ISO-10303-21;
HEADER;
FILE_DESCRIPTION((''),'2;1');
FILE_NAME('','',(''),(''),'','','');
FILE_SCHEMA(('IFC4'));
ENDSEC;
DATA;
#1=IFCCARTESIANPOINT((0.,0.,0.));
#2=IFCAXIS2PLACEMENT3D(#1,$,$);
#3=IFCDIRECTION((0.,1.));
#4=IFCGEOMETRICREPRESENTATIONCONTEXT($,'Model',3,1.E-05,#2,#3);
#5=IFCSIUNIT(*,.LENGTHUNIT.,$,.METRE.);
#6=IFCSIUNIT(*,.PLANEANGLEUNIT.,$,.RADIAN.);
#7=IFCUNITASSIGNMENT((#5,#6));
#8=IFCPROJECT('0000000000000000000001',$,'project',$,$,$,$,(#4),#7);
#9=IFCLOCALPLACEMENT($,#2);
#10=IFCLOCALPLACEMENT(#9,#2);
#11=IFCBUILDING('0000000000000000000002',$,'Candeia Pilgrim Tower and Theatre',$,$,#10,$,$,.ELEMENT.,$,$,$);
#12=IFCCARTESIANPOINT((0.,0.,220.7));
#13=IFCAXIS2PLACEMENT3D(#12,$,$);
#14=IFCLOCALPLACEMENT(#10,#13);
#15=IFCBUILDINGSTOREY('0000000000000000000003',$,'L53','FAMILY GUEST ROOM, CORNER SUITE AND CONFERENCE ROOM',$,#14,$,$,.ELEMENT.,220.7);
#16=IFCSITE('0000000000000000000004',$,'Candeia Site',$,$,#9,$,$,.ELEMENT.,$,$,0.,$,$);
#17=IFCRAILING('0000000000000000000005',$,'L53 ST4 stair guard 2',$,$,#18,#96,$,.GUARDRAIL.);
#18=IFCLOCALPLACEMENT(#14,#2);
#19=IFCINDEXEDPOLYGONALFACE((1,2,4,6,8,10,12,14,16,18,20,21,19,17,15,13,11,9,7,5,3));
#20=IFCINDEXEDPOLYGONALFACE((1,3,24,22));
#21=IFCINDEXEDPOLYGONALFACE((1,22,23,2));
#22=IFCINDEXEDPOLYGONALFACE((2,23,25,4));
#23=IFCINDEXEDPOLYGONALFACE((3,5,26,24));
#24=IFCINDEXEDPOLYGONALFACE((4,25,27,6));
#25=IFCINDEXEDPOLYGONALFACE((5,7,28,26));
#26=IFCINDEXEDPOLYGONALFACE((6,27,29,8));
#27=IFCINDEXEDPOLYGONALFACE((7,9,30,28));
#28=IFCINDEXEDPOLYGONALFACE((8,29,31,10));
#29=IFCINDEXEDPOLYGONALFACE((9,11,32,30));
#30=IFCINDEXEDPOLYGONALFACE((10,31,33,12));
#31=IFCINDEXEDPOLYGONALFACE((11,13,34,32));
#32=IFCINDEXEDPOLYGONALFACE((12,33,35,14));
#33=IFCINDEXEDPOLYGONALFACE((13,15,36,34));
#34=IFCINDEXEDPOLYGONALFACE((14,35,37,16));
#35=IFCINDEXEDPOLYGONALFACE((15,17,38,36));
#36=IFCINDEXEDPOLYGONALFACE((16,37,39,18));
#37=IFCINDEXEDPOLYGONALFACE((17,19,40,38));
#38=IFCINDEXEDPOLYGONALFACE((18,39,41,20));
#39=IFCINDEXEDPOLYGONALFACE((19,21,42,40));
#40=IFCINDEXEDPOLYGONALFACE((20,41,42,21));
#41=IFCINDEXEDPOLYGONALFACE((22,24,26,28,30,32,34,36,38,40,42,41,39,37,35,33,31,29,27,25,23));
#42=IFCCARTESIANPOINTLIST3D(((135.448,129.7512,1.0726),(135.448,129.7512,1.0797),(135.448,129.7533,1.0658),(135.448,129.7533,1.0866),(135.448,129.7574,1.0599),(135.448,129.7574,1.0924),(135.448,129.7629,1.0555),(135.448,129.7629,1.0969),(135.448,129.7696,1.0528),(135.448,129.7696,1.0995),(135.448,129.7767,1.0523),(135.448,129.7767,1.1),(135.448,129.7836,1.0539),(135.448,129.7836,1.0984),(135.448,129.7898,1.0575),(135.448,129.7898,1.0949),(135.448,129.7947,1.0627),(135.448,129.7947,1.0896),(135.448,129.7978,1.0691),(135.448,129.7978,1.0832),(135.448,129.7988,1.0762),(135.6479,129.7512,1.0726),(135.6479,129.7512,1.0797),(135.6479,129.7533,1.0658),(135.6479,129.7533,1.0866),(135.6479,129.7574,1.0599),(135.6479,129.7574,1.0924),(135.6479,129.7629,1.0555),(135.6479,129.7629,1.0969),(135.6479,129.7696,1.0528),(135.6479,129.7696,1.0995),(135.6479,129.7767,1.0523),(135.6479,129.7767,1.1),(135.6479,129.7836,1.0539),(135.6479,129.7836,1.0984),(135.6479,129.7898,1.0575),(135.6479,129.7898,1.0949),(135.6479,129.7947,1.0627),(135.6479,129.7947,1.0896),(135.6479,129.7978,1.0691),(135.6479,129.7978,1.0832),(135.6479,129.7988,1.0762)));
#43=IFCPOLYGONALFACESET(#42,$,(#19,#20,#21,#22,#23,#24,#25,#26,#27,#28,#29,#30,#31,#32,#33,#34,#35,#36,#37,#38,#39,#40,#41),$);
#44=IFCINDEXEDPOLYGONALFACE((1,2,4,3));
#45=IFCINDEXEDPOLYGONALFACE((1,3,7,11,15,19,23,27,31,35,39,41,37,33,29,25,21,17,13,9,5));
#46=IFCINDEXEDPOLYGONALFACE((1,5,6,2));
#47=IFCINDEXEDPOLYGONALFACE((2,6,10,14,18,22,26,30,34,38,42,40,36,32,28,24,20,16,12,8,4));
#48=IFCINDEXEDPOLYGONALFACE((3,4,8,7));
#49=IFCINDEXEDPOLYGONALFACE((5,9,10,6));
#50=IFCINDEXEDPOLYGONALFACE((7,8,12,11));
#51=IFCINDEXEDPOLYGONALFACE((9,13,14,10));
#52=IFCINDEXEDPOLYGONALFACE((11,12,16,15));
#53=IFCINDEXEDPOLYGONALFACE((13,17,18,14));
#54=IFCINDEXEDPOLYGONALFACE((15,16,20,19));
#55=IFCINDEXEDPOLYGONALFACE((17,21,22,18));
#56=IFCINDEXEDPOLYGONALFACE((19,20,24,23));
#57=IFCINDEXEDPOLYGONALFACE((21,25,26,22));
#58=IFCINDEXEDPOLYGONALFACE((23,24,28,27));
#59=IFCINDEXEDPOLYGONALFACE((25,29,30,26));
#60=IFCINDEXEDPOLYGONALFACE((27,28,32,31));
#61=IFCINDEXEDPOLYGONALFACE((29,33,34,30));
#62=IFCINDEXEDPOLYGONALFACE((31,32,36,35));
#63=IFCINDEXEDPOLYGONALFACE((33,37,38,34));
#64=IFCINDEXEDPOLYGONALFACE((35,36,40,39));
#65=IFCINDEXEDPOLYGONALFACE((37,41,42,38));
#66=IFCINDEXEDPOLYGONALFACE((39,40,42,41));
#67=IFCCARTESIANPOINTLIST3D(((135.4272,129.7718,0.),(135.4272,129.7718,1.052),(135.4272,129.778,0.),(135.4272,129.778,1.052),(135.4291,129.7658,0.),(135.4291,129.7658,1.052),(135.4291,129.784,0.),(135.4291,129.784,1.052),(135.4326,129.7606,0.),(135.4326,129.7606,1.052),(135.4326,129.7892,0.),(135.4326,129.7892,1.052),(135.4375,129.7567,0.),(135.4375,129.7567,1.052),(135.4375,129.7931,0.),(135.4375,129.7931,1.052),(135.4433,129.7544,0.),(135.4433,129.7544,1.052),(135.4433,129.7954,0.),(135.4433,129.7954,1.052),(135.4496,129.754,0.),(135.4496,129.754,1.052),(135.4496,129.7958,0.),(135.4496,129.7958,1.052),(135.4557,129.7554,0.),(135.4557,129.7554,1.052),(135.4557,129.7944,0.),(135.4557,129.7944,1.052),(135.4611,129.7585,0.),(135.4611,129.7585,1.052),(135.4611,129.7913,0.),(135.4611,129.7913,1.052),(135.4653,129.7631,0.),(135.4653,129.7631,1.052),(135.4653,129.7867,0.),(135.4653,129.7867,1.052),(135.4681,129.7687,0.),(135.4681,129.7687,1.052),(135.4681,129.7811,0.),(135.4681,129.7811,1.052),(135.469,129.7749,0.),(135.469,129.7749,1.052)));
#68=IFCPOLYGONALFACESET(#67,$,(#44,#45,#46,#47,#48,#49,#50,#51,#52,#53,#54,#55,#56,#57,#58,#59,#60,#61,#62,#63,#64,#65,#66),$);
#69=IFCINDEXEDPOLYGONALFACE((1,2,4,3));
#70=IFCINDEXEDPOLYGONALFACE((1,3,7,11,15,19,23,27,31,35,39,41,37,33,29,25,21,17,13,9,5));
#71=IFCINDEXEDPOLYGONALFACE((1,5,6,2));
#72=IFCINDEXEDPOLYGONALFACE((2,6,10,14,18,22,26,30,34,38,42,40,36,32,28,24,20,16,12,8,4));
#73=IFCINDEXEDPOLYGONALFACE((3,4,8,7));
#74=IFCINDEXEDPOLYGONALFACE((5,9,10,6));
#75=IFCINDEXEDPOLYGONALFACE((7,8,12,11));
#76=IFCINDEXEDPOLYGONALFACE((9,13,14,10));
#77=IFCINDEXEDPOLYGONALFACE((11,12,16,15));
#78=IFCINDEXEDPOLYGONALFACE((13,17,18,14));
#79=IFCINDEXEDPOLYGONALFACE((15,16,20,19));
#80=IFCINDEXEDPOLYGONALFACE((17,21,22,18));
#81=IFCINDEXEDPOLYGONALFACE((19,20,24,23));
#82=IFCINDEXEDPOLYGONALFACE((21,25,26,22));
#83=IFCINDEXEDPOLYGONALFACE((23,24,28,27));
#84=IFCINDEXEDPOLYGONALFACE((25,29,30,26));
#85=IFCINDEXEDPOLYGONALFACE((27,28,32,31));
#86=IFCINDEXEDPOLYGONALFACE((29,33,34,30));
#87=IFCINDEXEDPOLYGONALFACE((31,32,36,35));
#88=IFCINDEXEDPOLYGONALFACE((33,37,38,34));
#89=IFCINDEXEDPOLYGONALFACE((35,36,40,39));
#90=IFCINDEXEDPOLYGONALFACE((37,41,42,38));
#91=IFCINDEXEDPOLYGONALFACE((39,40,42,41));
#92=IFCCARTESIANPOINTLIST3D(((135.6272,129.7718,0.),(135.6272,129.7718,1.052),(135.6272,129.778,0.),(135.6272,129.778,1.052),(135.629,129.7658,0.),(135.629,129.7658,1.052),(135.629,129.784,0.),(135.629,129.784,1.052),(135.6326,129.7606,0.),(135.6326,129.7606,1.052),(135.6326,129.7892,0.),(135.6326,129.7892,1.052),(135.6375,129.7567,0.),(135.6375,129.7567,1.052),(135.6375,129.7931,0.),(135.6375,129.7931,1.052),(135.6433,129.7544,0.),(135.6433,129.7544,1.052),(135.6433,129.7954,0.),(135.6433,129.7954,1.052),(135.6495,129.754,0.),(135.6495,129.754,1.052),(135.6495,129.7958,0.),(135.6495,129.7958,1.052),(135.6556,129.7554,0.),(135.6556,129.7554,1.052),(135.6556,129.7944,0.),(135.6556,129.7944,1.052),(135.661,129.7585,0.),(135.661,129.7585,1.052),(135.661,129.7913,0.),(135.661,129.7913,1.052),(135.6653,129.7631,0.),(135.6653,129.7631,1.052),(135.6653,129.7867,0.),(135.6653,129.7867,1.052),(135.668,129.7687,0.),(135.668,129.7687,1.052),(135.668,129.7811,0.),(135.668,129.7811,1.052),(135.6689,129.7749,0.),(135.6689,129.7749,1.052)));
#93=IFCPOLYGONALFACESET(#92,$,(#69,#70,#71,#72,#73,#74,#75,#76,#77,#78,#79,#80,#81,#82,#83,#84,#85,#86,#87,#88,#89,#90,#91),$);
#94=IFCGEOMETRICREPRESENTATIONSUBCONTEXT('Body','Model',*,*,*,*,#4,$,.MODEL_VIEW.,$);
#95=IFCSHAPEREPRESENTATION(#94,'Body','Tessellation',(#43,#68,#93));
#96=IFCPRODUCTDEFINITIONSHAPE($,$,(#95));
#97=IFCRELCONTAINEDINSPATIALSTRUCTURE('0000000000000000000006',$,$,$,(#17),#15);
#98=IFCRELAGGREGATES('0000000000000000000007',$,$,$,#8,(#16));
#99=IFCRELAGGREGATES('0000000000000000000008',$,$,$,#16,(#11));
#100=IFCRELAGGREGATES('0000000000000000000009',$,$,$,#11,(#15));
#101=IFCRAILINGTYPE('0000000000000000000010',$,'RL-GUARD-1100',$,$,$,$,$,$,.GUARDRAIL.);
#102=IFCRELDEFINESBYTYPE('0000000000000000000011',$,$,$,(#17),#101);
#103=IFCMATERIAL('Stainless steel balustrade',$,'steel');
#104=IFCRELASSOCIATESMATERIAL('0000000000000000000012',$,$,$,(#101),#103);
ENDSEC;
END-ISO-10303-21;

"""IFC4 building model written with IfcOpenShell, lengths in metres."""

from ifc_helpers import new_model, si_unit, direction, frame, origin, origin_2d, place, context, subcontext, project, spatial, circle, extrude, material, type_object, element, save


model = new_model("IFC4")

# Units and contexts
model_context = context("Model", 3, precision=1e-05, world=origin(), true_north=direction((0.0, 1.0)))
body_context = subcontext(model_context, "Body", "Model", "MODEL_VIEW")
ifc_project = project(units=[si_unit("LENGTHUNIT", "METRE"), si_unit("PLANEANGLEUNIT", "RADIAN")], contexts=[model_context])

# Site, building, storey
site_placement = place(None, origin())
site = spatial("IfcSite", under=ifc_project, at=site_placement, Name="Candeia Site", CompositionType="ELEMENT", RefElevation=0.0)
building_placement = place(site_placement, origin())
building = spatial("IfcBuilding", under=site, at=building_placement, Name="Candeia Pilgrim Tower and Theatre", CompositionType="ELEMENT")
storey_placement = place(building_placement, frame((0.0, 0.0, 220.7)))
storey = spatial("IfcBuildingStorey", under=building, at=storey_placement, Name="L53", Description="FAMILY GUEST ROOM, CORNER SUITE AND CONFERENCE ROOM", CompositionType="ELEMENT", Elevation=220.7)

# Railing
ifc_material_1 = material(Name="Stainless steel balustrade", Category="steel")
railing_type_1 = type_object("IfcRailingType", Name="RL-GUARD-1100", PredefinedType="GUARDRAIL", material=ifc_material_1)
railing_1_placement = place(storey_placement, frame((135.448, 129.7749, 0.0)))
element("IfcRailing", 1, at=railing_1_placement, inside=storey, type_object=railing_type_1, Name="L53 ST4 stair guard 2", PredefinedType="GUARDRAIL", context=body_context, shape_type="SweptSolid", body=[
    extrude(circle(Radius=0.0239, at=origin_2d()), frame((0.0, 0.0, 1.0762), z_axis=(1.0, 0.0, 0.0), x_axis=(0.0, 1.0, 0.0)), (0.0, 0.0, 1.0), 0.2),
    extrude(circle(Radius=0.021, at=origin_2d()), origin(), (0.0, 0.0, 1.0), 1.052),
    extrude(circle(Radius=0.021, at=origin_2d()), frame((0.2, 0.0, 0.0)), (0.0, 0.0, 1.0), 1.052),
])

save(model, "model.ifc")
